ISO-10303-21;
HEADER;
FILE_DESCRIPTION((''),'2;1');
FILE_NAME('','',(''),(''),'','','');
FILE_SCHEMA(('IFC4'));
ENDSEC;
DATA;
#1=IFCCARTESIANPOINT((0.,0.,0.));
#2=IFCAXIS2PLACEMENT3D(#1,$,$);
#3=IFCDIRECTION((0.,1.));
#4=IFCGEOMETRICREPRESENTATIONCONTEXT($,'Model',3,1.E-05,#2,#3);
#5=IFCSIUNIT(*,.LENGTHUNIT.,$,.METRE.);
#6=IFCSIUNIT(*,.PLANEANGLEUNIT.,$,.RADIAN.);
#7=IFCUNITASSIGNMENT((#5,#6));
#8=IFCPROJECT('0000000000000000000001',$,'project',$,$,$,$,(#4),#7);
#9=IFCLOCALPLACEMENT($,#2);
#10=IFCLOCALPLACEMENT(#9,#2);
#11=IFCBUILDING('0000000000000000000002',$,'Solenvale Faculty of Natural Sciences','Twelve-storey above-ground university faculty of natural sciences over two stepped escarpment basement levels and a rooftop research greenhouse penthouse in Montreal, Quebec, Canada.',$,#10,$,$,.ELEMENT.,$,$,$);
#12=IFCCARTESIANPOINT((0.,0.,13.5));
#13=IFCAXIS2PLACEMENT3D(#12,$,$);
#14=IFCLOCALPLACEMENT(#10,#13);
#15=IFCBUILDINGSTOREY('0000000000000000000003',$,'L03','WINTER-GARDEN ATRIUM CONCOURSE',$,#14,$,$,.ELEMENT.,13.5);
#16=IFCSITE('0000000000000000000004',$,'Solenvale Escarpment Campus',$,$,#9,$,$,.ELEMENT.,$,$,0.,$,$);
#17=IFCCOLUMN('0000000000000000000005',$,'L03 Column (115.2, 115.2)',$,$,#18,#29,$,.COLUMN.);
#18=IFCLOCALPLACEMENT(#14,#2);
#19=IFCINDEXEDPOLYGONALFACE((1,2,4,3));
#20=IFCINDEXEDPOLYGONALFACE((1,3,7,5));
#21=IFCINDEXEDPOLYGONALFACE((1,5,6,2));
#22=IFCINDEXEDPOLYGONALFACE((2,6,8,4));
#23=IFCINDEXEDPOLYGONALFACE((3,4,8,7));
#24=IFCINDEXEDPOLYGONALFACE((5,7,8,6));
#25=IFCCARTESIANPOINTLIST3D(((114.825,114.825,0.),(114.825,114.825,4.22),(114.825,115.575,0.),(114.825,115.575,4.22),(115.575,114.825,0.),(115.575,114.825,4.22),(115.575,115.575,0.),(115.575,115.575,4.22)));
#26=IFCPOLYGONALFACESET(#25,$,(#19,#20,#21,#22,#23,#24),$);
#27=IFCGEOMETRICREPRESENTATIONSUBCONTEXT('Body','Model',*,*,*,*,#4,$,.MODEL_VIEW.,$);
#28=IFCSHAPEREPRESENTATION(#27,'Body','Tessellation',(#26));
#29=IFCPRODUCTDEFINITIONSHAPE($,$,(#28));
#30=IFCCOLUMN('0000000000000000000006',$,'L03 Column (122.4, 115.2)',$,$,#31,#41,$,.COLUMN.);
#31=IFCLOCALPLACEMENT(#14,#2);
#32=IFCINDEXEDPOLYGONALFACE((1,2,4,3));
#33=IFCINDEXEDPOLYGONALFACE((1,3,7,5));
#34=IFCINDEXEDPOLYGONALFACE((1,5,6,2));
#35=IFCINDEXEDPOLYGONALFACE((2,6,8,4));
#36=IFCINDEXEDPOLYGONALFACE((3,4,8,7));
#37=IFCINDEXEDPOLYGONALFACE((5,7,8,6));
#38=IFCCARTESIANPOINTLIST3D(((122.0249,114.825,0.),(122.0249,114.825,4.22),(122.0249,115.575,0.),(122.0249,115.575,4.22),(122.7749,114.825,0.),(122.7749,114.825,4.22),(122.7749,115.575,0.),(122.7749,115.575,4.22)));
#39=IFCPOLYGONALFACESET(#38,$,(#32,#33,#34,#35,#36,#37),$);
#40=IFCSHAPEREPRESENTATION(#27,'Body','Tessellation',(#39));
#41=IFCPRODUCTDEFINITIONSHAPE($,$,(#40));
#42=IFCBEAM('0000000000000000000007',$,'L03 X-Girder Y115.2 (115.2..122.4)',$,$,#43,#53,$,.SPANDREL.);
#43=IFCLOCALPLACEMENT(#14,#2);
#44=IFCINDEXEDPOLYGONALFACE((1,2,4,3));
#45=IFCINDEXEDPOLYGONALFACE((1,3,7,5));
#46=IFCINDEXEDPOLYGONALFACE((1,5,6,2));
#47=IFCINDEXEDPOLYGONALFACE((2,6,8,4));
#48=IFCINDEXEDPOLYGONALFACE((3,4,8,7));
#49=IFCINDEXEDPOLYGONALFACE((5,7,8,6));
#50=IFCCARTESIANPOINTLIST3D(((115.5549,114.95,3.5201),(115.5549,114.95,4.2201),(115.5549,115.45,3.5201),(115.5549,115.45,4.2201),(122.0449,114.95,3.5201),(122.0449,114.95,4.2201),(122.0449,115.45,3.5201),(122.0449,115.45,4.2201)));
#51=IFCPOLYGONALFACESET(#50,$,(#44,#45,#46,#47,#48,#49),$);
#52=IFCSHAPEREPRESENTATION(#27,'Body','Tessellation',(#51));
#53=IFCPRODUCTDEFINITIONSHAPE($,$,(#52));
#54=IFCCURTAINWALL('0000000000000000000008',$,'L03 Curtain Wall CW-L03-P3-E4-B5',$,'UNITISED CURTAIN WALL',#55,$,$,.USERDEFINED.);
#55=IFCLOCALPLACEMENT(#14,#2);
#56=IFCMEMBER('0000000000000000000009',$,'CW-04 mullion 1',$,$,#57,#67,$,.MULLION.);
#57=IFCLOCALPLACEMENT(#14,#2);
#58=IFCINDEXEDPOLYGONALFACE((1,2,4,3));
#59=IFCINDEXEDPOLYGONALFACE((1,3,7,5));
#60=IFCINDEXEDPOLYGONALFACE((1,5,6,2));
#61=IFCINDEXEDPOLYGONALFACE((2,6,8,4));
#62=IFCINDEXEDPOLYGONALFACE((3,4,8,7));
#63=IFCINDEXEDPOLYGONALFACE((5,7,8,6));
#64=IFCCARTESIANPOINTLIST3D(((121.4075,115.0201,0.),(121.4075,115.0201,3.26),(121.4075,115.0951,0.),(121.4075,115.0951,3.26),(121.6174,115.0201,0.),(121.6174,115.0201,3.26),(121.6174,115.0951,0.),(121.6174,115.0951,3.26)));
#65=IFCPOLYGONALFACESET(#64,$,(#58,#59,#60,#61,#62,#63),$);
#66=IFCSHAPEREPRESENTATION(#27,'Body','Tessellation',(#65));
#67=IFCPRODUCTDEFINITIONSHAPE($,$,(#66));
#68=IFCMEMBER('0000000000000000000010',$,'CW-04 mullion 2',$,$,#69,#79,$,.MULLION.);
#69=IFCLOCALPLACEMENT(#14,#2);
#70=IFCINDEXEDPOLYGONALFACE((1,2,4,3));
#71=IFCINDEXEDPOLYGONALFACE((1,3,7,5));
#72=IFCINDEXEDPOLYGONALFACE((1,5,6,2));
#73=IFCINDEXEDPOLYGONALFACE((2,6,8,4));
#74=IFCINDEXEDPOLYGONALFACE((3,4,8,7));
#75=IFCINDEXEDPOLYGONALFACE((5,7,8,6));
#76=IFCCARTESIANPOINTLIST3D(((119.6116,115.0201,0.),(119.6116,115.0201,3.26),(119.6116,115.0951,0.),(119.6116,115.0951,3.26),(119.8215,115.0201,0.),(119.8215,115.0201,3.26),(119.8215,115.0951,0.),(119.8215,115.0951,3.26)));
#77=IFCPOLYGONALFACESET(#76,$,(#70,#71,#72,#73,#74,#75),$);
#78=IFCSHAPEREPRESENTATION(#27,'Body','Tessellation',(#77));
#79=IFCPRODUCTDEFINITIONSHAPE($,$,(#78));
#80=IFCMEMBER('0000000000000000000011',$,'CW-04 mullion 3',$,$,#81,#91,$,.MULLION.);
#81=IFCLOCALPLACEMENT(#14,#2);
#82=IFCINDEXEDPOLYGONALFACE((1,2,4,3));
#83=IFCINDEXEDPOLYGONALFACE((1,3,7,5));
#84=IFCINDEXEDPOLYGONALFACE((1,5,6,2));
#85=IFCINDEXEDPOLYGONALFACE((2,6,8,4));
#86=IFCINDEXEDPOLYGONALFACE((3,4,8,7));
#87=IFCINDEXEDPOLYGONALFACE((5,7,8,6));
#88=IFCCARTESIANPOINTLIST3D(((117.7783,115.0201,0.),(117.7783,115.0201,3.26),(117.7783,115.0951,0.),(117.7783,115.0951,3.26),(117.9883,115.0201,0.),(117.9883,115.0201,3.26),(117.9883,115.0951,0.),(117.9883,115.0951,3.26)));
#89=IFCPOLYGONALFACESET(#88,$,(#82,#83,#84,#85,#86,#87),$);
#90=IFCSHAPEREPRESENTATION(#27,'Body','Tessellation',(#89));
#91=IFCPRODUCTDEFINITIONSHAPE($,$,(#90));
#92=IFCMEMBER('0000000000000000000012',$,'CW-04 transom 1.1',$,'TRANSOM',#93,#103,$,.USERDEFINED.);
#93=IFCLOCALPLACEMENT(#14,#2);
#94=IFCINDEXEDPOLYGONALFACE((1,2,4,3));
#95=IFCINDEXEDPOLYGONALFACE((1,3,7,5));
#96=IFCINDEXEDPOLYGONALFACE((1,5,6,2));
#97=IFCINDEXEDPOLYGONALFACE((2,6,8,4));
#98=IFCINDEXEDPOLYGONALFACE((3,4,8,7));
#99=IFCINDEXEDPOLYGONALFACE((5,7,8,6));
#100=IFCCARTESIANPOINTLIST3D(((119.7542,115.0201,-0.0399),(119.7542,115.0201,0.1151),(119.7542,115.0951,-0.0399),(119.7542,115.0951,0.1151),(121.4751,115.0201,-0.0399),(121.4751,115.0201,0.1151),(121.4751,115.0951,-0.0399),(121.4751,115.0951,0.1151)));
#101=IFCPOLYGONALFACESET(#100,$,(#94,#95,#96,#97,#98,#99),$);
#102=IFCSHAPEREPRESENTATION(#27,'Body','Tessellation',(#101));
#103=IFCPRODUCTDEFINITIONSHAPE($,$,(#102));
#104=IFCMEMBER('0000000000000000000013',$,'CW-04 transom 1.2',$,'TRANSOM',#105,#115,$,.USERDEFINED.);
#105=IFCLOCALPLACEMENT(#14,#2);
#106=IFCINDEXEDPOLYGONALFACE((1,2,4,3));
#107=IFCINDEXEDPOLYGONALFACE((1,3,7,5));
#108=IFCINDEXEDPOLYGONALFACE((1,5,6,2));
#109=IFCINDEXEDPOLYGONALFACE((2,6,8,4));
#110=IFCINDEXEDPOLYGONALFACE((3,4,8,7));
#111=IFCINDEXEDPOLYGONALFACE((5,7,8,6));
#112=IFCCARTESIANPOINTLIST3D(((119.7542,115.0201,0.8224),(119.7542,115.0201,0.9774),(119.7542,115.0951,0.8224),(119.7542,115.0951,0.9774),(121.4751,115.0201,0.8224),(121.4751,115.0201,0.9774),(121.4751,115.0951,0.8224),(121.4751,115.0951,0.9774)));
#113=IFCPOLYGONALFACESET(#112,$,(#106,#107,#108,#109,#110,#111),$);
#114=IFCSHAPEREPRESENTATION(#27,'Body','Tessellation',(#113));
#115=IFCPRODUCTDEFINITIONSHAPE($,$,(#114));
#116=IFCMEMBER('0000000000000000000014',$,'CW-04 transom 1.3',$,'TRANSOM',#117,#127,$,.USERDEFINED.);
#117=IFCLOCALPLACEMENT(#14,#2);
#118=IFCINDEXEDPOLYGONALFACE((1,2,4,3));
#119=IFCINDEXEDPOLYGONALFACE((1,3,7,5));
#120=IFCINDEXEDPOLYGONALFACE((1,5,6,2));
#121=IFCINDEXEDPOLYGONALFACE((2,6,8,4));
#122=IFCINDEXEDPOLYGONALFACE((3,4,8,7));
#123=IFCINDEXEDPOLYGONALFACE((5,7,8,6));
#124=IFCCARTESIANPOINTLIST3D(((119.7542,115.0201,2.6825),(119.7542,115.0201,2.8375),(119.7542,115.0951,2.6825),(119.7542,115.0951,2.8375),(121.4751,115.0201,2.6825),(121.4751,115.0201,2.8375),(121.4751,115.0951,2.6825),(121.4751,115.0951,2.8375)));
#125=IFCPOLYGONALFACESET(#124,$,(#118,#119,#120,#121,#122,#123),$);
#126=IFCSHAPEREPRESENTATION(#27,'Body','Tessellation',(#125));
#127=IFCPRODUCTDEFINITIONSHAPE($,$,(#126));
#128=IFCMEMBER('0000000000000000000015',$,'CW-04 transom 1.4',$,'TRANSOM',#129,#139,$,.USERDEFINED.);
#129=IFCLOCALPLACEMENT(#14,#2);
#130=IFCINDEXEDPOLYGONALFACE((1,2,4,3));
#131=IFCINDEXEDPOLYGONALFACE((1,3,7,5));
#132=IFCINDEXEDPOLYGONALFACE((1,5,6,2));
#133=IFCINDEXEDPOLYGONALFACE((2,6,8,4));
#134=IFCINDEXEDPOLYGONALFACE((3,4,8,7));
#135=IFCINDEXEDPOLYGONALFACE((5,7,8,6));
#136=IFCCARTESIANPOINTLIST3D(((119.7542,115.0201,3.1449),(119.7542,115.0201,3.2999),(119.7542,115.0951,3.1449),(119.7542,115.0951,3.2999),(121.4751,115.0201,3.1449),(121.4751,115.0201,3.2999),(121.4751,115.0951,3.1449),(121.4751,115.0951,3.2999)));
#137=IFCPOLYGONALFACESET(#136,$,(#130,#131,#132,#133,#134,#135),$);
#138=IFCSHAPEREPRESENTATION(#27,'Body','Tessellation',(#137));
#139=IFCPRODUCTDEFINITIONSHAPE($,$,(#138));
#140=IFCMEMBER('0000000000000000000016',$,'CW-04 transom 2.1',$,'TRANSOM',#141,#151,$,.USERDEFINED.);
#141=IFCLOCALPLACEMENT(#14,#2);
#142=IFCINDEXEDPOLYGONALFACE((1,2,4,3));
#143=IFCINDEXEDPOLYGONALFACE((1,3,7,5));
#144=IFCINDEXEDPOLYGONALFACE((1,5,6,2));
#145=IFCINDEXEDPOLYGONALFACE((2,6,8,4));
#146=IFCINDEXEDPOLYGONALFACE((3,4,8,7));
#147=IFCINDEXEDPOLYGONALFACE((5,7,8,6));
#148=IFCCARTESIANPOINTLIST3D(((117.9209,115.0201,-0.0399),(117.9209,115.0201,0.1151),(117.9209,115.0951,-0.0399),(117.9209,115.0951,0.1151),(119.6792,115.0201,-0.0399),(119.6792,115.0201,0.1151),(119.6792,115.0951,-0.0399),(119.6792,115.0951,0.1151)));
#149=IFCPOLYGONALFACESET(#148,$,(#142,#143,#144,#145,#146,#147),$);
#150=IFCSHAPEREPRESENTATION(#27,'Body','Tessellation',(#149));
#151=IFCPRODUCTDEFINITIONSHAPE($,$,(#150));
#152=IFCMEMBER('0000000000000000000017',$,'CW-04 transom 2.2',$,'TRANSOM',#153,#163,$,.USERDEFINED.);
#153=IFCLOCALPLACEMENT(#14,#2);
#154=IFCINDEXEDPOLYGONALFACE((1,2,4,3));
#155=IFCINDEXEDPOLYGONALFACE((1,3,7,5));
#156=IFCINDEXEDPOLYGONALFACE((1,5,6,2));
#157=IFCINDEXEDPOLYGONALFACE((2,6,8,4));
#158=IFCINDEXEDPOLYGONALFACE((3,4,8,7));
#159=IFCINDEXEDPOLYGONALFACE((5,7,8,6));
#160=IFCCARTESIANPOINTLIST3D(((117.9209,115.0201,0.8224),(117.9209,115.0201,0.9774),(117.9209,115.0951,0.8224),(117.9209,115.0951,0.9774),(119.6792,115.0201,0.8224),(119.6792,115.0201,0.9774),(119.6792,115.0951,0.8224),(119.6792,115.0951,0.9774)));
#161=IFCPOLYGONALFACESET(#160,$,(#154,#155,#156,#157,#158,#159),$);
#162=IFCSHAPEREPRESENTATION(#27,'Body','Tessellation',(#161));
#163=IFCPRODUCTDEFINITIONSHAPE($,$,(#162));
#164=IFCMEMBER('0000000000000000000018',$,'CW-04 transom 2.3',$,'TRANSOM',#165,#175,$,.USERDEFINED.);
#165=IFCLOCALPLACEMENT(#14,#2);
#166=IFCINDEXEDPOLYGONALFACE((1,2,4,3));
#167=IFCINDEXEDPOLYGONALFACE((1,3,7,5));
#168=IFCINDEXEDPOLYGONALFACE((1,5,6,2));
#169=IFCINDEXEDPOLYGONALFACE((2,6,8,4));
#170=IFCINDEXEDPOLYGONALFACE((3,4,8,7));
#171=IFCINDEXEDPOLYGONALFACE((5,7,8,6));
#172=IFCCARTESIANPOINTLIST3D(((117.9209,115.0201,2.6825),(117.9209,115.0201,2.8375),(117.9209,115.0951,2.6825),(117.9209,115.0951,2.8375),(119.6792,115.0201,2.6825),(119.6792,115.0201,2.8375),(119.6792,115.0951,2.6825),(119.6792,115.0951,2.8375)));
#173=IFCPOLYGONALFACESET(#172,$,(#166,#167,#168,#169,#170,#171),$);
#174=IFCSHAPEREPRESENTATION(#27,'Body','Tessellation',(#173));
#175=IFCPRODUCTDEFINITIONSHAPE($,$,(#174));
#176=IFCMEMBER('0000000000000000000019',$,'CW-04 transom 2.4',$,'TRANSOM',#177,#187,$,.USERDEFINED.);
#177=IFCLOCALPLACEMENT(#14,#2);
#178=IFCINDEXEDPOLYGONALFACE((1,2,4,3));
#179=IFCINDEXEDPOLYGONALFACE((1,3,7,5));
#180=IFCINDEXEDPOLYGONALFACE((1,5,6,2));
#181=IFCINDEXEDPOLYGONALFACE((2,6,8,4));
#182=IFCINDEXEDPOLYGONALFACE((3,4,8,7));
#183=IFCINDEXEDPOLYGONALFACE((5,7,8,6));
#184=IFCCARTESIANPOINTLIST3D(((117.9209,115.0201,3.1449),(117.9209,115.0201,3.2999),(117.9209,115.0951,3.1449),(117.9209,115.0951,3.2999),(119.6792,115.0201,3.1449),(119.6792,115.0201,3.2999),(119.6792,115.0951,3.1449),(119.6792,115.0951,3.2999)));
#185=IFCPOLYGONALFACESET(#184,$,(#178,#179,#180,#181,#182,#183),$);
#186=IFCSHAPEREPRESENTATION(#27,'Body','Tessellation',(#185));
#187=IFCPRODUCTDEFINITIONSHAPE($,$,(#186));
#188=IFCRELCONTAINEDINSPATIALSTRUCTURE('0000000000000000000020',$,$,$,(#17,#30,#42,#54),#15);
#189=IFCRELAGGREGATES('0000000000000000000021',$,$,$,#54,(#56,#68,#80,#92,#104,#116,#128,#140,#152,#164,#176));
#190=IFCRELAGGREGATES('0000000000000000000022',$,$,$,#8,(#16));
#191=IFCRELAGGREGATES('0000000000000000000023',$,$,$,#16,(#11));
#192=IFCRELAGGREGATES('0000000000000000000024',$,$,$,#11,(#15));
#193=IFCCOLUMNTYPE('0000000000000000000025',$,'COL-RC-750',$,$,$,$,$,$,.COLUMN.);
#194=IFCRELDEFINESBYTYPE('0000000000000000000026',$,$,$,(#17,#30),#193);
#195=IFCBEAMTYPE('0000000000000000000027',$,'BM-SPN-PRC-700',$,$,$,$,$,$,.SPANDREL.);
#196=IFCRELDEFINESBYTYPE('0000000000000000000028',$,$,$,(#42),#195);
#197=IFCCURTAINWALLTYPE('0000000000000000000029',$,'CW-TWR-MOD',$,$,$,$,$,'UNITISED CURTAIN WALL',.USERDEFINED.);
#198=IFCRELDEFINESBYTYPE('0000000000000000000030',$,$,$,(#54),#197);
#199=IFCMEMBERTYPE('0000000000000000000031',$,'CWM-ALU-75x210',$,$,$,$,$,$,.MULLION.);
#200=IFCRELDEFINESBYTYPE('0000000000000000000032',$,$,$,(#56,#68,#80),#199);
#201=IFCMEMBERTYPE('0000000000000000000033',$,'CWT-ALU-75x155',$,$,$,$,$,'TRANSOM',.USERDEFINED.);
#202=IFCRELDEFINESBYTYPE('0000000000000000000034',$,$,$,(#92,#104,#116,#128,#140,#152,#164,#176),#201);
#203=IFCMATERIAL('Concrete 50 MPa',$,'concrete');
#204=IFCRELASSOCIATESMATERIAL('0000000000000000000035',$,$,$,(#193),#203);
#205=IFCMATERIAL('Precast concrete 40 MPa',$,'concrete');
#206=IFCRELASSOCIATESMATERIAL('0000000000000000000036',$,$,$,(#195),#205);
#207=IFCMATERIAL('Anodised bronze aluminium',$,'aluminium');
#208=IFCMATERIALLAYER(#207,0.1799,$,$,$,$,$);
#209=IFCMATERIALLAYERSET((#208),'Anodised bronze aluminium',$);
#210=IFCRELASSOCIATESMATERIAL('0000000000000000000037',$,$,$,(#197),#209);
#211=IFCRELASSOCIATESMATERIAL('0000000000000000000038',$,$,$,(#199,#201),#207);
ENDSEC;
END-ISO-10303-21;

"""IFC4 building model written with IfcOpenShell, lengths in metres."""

from ifc_helpers import new_model, si_unit, direction, frame, origin, origin_2d, place, context, subcontext, project, spatial, rectangle, extrude, material, layer, layer_set, material_profile, profile_set, type_object, element, aggregate, save


model = new_model("IFC4")

# Units and contexts
model_context = context("Model", 3, precision=1e-05, world=origin(), true_north=direction((0.0, 1.0)))
body_context = subcontext(model_context, "Body", "Model", "MODEL_VIEW")
ifc_project = project(units=[si_unit("LENGTHUNIT", "METRE"), si_unit("PLANEANGLEUNIT", "RADIAN")], contexts=[model_context])

# Site, building, storey
site_placement = place(None, origin())
site = spatial("IfcSite", under=ifc_project, at=site_placement, Name="Solenvale Escarpment Campus", CompositionType="ELEMENT", RefElevation=0.0)
building_placement = place(site_placement, origin())
building = spatial("IfcBuilding", under=site, at=building_placement, Name="Solenvale Faculty of Natural Sciences", Description="Twelve-storey above-ground university faculty of natural sciences over two stepped escarpment basement levels and a rooftop research greenhouse penthouse in Montreal, Quebec, Canada.", CompositionType="ELEMENT")
storey_placement = place(building_placement, frame((0.0, 0.0, 13.5)))
storey = spatial("IfcBuildingStorey", under=building, at=storey_placement, Name="L03", Description="WINTER-GARDEN ATRIUM CONCOURSE", CompositionType="ELEMENT", Elevation=13.5)

# Columns
ifc_material_1 = material(Name="Concrete 50 MPa", Category="concrete")
ifc_material_profile_1 = material_profile(ifc_material_1, rectangle(XDim=0.75, YDim=0.75, at=origin_2d()), Name="RC-COL-750x750")
ifc_profile_set_1 = profile_set([ifc_material_profile_1], Name="Concrete 50 MPa")
column_type = type_object("IfcColumnType", Name="COL-RC-750", PredefinedType="COLUMN", material=ifc_profile_set_1)
for number, where, z_axis, x_axis, name in (
    (1, (115.2, 115.2, 0.0), (0.0, 0.0, 1.0), (1.0, 0.0, 0.0), "L03 Column (115.2, 115.2)"),
    (2, (122.3999, 115.2, 0.0), (0.0, 0.0, 1.0), (1.0, 0.0, 0.0), "L03 Column (122.4, 115.2)"),
):
    element("IfcColumn", number, at=place(storey_placement, frame(where, z_axis=z_axis, x_axis=x_axis)), inside=storey, type_object=column_type, Name=name, PredefinedType="COLUMN", context=body_context, shape_type="SweptSolid", body=[
        extrude(rectangle(XDim=0.75, YDim=0.75, at=origin_2d()), origin(), (0.0, 0.0, 1.0), 4.22),
    ])

# Beam
ifc_material_2 = material(Name="Precast concrete 40 MPa", Category="concrete")
ifc_material_profile_2 = material_profile(ifc_material_2, rectangle(XDim=0.5, YDim=0.7, at=origin_2d()), Name="RC-BM-500x700")
ifc_profile_set_2 = profile_set([ifc_material_profile_2], Name="Precast concrete 40 MPa")
beam_type = type_object("IfcBeamType", Name="BM-SPN-PRC-700", PredefinedType="SPANDREL", material=ifc_profile_set_2)
beam_placement = place(storey_placement, frame((115.5549, 115.2, 3.8701), z_axis=(1.0, 0.0, 0.0), x_axis=(0.0, 1.0, 0.0)))
element("IfcBeam", 3, at=beam_placement, inside=storey, type_object=beam_type, Name="L03 X-Girder Y115.2 (115.2..122.4)", PredefinedType="SPANDREL", context=body_context, shape_type="SweptSolid", body=[
    extrude(rectangle(XDim=0.5, YDim=0.7, at=origin_2d()), origin(), (0.0, 0.0, 1.0), 6.49),
])

# Curtain wall, members
ifc_material_3 = material(Name="Anodised bronze aluminium", Category="aluminium")
ifc_layer_1 = layer(ifc_material_3, 0.1799)
ifc_layer_set_1 = layer_set([ifc_layer_1], Name="Anodised bronze aluminium")
curtain_wall_type = type_object("IfcCurtainWallType", Name="CW-TWR-MOD", ElementType="UNITISED CURTAIN WALL", PredefinedType="USERDEFINED", material=ifc_layer_set_1)
curtain_wall_placement = place(storey_placement, origin())
curtain_wall = element("IfcCurtainWall", 4, at=curtain_wall_placement, inside=storey, type_object=curtain_wall_type, Name="L03 Curtain Wall CW-L03-P3-E4-B5", ObjectType="UNITISED CURTAIN WALL", PredefinedType="USERDEFINED")
ifc_material_profile_3 = material_profile(ifc_material_3, rectangle(XDim=0.075, YDim=0.21, at=origin_2d()), Name="ALU-MUL-75x210")
ifc_profile_set_3 = profile_set([ifc_material_profile_3], Name="Anodised bronze aluminium")
member_type_1 = type_object("IfcMemberType", Name="CWM-ALU-75x210", PredefinedType="MULLION", material=ifc_profile_set_3)
member_1_placement = place(storey_placement, frame((121.5125, 115.0576, 0.0), z_axis=(0.0, 0.0, 1.0), x_axis=(0.0, -1.0, 0.0)))
member_1 = element("IfcMember", 5, at=member_1_placement, type_object=member_type_1, Name="CW-04 mullion 1", PredefinedType="MULLION", context=body_context, shape_type="SweptSolid", body=[
    extrude(rectangle(XDim=0.075, YDim=0.21, at=origin_2d()), origin(), (0.0, 0.0, 1.0), 3.26),
])
member_2_placement = place(storey_placement, frame((119.7166, 115.0576, 0.0), z_axis=(0.0, 0.0, 1.0), x_axis=(0.0, -1.0, 0.0)))
member_2 = element("IfcMember", 6, at=member_2_placement, type_object=member_type_1, Name="CW-04 mullion 2", PredefinedType="MULLION", context=body_context, shape_type="SweptSolid", body=[
    extrude(rectangle(XDim=0.075, YDim=0.21, at=origin_2d()), origin(), (0.0, 0.0, 1.0), 3.26),
])
member_3_placement = place(storey_placement, frame((117.8833, 115.0576, 0.0), z_axis=(0.0, 0.0, 1.0), x_axis=(0.0, -1.0, 0.0)))
member_3 = element("IfcMember", 7, at=member_3_placement, type_object=member_type_1, Name="CW-04 mullion 3", PredefinedType="MULLION", context=body_context, shape_type="SweptSolid", body=[
    extrude(rectangle(XDim=0.075, YDim=0.21, at=origin_2d()), origin(), (0.0, 0.0, 1.0), 3.26),
])
ifc_material_profile_4 = material_profile(ifc_material_3, rectangle(XDim=0.075, YDim=0.155, at=origin_2d()), Name="ALU-TRN-75x155")
ifc_profile_set_4 = profile_set([ifc_material_profile_4], Name="Anodised bronze aluminium")
member_type_2 = type_object("IfcMemberType", Name="CWT-ALU-75x155", ElementType="TRANSOM", PredefinedType="USERDEFINED", material=ifc_profile_set_4)
member_4_placement = place(storey_placement, frame((121.4751, 115.0576, 0.0376), z_axis=(-1.0, 0.0, 0.0), x_axis=(0.0, -1.0, 0.0)))
member_4 = element("IfcMember", 8, at=member_4_placement, type_object=member_type_2, Name="CW-04 transom 1.1", ObjectType="TRANSOM", PredefinedType="USERDEFINED", context=body_context, shape_type="SweptSolid", body=[
    extrude(rectangle(XDim=0.075, YDim=0.155, at=origin_2d()), origin(), (0.0, 0.0, 1.0), 1.7209),
])
member_5_placement = place(storey_placement, frame((121.4751, 115.0576, 0.8999), z_axis=(-1.0, 0.0, 0.0), x_axis=(0.0, -1.0, 0.0)))
member_5 = element("IfcMember", 9, at=member_5_placement, type_object=member_type_2, Name="CW-04 transom 1.2", ObjectType="TRANSOM", PredefinedType="USERDEFINED", context=body_context, shape_type="SweptSolid", body=[
    extrude(rectangle(XDim=0.075, YDim=0.155, at=origin_2d()), origin(), (0.0, 0.0, 1.0), 1.7209),
])
member_6_placement = place(storey_placement, frame((121.4751, 115.0576, 2.76), z_axis=(-1.0, 0.0, 0.0), x_axis=(0.0, -1.0, 0.0)))
member_6 = element("IfcMember", 10, at=member_6_placement, type_object=member_type_2, Name="CW-04 transom 1.3", ObjectType="TRANSOM", PredefinedType="USERDEFINED", context=body_context, shape_type="SweptSolid", body=[
    extrude(rectangle(XDim=0.075, YDim=0.155, at=origin_2d()), origin(), (0.0, 0.0, 1.0), 1.7209),
])
member_7_placement = place(storey_placement, frame((121.4751, 115.0576, 3.2224), z_axis=(-1.0, 0.0, 0.0), x_axis=(0.0, -1.0, 0.0)))
member_7 = element("IfcMember", 11, at=member_7_placement, type_object=member_type_2, Name="CW-04 transom 1.4", ObjectType="TRANSOM", PredefinedType="USERDEFINED", context=body_context, shape_type="SweptSolid", body=[
    extrude(rectangle(XDim=0.075, YDim=0.155, at=origin_2d()), origin(), (0.0, 0.0, 1.0), 1.7209),
])
member_8_placement = place(storey_placement, frame((119.6792, 115.0576, 0.0376), z_axis=(-1.0, 0.0, 0.0), x_axis=(0.0, -1.0, 0.0)))
member_8 = element("IfcMember", 12, at=member_8_placement, type_object=member_type_2, Name="CW-04 transom 2.1", ObjectType="TRANSOM", PredefinedType="USERDEFINED", context=body_context, shape_type="SweptSolid", body=[
    extrude(rectangle(XDim=0.075, YDim=0.155, at=origin_2d()), origin(), (0.0, 0.0, 1.0), 1.7583),
])
member_9_placement = place(storey_placement, frame((119.6792, 115.0576, 0.8999), z_axis=(-1.0, 0.0, 0.0), x_axis=(0.0, -1.0, 0.0)))
member_9 = element("IfcMember", 13, at=member_9_placement, type_object=member_type_2, Name="CW-04 transom 2.2", ObjectType="TRANSOM", PredefinedType="USERDEFINED", context=body_context, shape_type="SweptSolid", body=[
    extrude(rectangle(XDim=0.075, YDim=0.155, at=origin_2d()), origin(), (0.0, 0.0, 1.0), 1.7583),
])
member_10_placement = place(storey_placement, frame((119.6792, 115.0576, 2.76), z_axis=(-1.0, 0.0, 0.0), x_axis=(0.0, -1.0, 0.0)))
member_10 = element("IfcMember", 14, at=member_10_placement, type_object=member_type_2, Name="CW-04 transom 2.3", ObjectType="TRANSOM", PredefinedType="USERDEFINED", context=body_context, shape_type="SweptSolid", body=[
    extrude(rectangle(XDim=0.075, YDim=0.155, at=origin_2d()), origin(), (0.0, 0.0, 1.0), 1.7583),
])
member_11_placement = place(storey_placement, frame((119.6792, 115.0576, 3.2224), z_axis=(-1.0, 0.0, 0.0), x_axis=(0.0, -1.0, 0.0)))
member_11 = element("IfcMember", 15, at=member_11_placement, type_object=member_type_2, Name="CW-04 transom 2.4", ObjectType="TRANSOM", PredefinedType="USERDEFINED", context=body_context, shape_type="SweptSolid", body=[
    extrude(rectangle(XDim=0.075, YDim=0.155, at=origin_2d()), origin(), (0.0, 0.0, 1.0), 1.7583),
])
aggregate(curtain_wall, [member_1, member_2, member_3, member_4, member_5, member_6, member_7, member_8, member_9, member_10, member_11])

save(model, "model.ifc")
